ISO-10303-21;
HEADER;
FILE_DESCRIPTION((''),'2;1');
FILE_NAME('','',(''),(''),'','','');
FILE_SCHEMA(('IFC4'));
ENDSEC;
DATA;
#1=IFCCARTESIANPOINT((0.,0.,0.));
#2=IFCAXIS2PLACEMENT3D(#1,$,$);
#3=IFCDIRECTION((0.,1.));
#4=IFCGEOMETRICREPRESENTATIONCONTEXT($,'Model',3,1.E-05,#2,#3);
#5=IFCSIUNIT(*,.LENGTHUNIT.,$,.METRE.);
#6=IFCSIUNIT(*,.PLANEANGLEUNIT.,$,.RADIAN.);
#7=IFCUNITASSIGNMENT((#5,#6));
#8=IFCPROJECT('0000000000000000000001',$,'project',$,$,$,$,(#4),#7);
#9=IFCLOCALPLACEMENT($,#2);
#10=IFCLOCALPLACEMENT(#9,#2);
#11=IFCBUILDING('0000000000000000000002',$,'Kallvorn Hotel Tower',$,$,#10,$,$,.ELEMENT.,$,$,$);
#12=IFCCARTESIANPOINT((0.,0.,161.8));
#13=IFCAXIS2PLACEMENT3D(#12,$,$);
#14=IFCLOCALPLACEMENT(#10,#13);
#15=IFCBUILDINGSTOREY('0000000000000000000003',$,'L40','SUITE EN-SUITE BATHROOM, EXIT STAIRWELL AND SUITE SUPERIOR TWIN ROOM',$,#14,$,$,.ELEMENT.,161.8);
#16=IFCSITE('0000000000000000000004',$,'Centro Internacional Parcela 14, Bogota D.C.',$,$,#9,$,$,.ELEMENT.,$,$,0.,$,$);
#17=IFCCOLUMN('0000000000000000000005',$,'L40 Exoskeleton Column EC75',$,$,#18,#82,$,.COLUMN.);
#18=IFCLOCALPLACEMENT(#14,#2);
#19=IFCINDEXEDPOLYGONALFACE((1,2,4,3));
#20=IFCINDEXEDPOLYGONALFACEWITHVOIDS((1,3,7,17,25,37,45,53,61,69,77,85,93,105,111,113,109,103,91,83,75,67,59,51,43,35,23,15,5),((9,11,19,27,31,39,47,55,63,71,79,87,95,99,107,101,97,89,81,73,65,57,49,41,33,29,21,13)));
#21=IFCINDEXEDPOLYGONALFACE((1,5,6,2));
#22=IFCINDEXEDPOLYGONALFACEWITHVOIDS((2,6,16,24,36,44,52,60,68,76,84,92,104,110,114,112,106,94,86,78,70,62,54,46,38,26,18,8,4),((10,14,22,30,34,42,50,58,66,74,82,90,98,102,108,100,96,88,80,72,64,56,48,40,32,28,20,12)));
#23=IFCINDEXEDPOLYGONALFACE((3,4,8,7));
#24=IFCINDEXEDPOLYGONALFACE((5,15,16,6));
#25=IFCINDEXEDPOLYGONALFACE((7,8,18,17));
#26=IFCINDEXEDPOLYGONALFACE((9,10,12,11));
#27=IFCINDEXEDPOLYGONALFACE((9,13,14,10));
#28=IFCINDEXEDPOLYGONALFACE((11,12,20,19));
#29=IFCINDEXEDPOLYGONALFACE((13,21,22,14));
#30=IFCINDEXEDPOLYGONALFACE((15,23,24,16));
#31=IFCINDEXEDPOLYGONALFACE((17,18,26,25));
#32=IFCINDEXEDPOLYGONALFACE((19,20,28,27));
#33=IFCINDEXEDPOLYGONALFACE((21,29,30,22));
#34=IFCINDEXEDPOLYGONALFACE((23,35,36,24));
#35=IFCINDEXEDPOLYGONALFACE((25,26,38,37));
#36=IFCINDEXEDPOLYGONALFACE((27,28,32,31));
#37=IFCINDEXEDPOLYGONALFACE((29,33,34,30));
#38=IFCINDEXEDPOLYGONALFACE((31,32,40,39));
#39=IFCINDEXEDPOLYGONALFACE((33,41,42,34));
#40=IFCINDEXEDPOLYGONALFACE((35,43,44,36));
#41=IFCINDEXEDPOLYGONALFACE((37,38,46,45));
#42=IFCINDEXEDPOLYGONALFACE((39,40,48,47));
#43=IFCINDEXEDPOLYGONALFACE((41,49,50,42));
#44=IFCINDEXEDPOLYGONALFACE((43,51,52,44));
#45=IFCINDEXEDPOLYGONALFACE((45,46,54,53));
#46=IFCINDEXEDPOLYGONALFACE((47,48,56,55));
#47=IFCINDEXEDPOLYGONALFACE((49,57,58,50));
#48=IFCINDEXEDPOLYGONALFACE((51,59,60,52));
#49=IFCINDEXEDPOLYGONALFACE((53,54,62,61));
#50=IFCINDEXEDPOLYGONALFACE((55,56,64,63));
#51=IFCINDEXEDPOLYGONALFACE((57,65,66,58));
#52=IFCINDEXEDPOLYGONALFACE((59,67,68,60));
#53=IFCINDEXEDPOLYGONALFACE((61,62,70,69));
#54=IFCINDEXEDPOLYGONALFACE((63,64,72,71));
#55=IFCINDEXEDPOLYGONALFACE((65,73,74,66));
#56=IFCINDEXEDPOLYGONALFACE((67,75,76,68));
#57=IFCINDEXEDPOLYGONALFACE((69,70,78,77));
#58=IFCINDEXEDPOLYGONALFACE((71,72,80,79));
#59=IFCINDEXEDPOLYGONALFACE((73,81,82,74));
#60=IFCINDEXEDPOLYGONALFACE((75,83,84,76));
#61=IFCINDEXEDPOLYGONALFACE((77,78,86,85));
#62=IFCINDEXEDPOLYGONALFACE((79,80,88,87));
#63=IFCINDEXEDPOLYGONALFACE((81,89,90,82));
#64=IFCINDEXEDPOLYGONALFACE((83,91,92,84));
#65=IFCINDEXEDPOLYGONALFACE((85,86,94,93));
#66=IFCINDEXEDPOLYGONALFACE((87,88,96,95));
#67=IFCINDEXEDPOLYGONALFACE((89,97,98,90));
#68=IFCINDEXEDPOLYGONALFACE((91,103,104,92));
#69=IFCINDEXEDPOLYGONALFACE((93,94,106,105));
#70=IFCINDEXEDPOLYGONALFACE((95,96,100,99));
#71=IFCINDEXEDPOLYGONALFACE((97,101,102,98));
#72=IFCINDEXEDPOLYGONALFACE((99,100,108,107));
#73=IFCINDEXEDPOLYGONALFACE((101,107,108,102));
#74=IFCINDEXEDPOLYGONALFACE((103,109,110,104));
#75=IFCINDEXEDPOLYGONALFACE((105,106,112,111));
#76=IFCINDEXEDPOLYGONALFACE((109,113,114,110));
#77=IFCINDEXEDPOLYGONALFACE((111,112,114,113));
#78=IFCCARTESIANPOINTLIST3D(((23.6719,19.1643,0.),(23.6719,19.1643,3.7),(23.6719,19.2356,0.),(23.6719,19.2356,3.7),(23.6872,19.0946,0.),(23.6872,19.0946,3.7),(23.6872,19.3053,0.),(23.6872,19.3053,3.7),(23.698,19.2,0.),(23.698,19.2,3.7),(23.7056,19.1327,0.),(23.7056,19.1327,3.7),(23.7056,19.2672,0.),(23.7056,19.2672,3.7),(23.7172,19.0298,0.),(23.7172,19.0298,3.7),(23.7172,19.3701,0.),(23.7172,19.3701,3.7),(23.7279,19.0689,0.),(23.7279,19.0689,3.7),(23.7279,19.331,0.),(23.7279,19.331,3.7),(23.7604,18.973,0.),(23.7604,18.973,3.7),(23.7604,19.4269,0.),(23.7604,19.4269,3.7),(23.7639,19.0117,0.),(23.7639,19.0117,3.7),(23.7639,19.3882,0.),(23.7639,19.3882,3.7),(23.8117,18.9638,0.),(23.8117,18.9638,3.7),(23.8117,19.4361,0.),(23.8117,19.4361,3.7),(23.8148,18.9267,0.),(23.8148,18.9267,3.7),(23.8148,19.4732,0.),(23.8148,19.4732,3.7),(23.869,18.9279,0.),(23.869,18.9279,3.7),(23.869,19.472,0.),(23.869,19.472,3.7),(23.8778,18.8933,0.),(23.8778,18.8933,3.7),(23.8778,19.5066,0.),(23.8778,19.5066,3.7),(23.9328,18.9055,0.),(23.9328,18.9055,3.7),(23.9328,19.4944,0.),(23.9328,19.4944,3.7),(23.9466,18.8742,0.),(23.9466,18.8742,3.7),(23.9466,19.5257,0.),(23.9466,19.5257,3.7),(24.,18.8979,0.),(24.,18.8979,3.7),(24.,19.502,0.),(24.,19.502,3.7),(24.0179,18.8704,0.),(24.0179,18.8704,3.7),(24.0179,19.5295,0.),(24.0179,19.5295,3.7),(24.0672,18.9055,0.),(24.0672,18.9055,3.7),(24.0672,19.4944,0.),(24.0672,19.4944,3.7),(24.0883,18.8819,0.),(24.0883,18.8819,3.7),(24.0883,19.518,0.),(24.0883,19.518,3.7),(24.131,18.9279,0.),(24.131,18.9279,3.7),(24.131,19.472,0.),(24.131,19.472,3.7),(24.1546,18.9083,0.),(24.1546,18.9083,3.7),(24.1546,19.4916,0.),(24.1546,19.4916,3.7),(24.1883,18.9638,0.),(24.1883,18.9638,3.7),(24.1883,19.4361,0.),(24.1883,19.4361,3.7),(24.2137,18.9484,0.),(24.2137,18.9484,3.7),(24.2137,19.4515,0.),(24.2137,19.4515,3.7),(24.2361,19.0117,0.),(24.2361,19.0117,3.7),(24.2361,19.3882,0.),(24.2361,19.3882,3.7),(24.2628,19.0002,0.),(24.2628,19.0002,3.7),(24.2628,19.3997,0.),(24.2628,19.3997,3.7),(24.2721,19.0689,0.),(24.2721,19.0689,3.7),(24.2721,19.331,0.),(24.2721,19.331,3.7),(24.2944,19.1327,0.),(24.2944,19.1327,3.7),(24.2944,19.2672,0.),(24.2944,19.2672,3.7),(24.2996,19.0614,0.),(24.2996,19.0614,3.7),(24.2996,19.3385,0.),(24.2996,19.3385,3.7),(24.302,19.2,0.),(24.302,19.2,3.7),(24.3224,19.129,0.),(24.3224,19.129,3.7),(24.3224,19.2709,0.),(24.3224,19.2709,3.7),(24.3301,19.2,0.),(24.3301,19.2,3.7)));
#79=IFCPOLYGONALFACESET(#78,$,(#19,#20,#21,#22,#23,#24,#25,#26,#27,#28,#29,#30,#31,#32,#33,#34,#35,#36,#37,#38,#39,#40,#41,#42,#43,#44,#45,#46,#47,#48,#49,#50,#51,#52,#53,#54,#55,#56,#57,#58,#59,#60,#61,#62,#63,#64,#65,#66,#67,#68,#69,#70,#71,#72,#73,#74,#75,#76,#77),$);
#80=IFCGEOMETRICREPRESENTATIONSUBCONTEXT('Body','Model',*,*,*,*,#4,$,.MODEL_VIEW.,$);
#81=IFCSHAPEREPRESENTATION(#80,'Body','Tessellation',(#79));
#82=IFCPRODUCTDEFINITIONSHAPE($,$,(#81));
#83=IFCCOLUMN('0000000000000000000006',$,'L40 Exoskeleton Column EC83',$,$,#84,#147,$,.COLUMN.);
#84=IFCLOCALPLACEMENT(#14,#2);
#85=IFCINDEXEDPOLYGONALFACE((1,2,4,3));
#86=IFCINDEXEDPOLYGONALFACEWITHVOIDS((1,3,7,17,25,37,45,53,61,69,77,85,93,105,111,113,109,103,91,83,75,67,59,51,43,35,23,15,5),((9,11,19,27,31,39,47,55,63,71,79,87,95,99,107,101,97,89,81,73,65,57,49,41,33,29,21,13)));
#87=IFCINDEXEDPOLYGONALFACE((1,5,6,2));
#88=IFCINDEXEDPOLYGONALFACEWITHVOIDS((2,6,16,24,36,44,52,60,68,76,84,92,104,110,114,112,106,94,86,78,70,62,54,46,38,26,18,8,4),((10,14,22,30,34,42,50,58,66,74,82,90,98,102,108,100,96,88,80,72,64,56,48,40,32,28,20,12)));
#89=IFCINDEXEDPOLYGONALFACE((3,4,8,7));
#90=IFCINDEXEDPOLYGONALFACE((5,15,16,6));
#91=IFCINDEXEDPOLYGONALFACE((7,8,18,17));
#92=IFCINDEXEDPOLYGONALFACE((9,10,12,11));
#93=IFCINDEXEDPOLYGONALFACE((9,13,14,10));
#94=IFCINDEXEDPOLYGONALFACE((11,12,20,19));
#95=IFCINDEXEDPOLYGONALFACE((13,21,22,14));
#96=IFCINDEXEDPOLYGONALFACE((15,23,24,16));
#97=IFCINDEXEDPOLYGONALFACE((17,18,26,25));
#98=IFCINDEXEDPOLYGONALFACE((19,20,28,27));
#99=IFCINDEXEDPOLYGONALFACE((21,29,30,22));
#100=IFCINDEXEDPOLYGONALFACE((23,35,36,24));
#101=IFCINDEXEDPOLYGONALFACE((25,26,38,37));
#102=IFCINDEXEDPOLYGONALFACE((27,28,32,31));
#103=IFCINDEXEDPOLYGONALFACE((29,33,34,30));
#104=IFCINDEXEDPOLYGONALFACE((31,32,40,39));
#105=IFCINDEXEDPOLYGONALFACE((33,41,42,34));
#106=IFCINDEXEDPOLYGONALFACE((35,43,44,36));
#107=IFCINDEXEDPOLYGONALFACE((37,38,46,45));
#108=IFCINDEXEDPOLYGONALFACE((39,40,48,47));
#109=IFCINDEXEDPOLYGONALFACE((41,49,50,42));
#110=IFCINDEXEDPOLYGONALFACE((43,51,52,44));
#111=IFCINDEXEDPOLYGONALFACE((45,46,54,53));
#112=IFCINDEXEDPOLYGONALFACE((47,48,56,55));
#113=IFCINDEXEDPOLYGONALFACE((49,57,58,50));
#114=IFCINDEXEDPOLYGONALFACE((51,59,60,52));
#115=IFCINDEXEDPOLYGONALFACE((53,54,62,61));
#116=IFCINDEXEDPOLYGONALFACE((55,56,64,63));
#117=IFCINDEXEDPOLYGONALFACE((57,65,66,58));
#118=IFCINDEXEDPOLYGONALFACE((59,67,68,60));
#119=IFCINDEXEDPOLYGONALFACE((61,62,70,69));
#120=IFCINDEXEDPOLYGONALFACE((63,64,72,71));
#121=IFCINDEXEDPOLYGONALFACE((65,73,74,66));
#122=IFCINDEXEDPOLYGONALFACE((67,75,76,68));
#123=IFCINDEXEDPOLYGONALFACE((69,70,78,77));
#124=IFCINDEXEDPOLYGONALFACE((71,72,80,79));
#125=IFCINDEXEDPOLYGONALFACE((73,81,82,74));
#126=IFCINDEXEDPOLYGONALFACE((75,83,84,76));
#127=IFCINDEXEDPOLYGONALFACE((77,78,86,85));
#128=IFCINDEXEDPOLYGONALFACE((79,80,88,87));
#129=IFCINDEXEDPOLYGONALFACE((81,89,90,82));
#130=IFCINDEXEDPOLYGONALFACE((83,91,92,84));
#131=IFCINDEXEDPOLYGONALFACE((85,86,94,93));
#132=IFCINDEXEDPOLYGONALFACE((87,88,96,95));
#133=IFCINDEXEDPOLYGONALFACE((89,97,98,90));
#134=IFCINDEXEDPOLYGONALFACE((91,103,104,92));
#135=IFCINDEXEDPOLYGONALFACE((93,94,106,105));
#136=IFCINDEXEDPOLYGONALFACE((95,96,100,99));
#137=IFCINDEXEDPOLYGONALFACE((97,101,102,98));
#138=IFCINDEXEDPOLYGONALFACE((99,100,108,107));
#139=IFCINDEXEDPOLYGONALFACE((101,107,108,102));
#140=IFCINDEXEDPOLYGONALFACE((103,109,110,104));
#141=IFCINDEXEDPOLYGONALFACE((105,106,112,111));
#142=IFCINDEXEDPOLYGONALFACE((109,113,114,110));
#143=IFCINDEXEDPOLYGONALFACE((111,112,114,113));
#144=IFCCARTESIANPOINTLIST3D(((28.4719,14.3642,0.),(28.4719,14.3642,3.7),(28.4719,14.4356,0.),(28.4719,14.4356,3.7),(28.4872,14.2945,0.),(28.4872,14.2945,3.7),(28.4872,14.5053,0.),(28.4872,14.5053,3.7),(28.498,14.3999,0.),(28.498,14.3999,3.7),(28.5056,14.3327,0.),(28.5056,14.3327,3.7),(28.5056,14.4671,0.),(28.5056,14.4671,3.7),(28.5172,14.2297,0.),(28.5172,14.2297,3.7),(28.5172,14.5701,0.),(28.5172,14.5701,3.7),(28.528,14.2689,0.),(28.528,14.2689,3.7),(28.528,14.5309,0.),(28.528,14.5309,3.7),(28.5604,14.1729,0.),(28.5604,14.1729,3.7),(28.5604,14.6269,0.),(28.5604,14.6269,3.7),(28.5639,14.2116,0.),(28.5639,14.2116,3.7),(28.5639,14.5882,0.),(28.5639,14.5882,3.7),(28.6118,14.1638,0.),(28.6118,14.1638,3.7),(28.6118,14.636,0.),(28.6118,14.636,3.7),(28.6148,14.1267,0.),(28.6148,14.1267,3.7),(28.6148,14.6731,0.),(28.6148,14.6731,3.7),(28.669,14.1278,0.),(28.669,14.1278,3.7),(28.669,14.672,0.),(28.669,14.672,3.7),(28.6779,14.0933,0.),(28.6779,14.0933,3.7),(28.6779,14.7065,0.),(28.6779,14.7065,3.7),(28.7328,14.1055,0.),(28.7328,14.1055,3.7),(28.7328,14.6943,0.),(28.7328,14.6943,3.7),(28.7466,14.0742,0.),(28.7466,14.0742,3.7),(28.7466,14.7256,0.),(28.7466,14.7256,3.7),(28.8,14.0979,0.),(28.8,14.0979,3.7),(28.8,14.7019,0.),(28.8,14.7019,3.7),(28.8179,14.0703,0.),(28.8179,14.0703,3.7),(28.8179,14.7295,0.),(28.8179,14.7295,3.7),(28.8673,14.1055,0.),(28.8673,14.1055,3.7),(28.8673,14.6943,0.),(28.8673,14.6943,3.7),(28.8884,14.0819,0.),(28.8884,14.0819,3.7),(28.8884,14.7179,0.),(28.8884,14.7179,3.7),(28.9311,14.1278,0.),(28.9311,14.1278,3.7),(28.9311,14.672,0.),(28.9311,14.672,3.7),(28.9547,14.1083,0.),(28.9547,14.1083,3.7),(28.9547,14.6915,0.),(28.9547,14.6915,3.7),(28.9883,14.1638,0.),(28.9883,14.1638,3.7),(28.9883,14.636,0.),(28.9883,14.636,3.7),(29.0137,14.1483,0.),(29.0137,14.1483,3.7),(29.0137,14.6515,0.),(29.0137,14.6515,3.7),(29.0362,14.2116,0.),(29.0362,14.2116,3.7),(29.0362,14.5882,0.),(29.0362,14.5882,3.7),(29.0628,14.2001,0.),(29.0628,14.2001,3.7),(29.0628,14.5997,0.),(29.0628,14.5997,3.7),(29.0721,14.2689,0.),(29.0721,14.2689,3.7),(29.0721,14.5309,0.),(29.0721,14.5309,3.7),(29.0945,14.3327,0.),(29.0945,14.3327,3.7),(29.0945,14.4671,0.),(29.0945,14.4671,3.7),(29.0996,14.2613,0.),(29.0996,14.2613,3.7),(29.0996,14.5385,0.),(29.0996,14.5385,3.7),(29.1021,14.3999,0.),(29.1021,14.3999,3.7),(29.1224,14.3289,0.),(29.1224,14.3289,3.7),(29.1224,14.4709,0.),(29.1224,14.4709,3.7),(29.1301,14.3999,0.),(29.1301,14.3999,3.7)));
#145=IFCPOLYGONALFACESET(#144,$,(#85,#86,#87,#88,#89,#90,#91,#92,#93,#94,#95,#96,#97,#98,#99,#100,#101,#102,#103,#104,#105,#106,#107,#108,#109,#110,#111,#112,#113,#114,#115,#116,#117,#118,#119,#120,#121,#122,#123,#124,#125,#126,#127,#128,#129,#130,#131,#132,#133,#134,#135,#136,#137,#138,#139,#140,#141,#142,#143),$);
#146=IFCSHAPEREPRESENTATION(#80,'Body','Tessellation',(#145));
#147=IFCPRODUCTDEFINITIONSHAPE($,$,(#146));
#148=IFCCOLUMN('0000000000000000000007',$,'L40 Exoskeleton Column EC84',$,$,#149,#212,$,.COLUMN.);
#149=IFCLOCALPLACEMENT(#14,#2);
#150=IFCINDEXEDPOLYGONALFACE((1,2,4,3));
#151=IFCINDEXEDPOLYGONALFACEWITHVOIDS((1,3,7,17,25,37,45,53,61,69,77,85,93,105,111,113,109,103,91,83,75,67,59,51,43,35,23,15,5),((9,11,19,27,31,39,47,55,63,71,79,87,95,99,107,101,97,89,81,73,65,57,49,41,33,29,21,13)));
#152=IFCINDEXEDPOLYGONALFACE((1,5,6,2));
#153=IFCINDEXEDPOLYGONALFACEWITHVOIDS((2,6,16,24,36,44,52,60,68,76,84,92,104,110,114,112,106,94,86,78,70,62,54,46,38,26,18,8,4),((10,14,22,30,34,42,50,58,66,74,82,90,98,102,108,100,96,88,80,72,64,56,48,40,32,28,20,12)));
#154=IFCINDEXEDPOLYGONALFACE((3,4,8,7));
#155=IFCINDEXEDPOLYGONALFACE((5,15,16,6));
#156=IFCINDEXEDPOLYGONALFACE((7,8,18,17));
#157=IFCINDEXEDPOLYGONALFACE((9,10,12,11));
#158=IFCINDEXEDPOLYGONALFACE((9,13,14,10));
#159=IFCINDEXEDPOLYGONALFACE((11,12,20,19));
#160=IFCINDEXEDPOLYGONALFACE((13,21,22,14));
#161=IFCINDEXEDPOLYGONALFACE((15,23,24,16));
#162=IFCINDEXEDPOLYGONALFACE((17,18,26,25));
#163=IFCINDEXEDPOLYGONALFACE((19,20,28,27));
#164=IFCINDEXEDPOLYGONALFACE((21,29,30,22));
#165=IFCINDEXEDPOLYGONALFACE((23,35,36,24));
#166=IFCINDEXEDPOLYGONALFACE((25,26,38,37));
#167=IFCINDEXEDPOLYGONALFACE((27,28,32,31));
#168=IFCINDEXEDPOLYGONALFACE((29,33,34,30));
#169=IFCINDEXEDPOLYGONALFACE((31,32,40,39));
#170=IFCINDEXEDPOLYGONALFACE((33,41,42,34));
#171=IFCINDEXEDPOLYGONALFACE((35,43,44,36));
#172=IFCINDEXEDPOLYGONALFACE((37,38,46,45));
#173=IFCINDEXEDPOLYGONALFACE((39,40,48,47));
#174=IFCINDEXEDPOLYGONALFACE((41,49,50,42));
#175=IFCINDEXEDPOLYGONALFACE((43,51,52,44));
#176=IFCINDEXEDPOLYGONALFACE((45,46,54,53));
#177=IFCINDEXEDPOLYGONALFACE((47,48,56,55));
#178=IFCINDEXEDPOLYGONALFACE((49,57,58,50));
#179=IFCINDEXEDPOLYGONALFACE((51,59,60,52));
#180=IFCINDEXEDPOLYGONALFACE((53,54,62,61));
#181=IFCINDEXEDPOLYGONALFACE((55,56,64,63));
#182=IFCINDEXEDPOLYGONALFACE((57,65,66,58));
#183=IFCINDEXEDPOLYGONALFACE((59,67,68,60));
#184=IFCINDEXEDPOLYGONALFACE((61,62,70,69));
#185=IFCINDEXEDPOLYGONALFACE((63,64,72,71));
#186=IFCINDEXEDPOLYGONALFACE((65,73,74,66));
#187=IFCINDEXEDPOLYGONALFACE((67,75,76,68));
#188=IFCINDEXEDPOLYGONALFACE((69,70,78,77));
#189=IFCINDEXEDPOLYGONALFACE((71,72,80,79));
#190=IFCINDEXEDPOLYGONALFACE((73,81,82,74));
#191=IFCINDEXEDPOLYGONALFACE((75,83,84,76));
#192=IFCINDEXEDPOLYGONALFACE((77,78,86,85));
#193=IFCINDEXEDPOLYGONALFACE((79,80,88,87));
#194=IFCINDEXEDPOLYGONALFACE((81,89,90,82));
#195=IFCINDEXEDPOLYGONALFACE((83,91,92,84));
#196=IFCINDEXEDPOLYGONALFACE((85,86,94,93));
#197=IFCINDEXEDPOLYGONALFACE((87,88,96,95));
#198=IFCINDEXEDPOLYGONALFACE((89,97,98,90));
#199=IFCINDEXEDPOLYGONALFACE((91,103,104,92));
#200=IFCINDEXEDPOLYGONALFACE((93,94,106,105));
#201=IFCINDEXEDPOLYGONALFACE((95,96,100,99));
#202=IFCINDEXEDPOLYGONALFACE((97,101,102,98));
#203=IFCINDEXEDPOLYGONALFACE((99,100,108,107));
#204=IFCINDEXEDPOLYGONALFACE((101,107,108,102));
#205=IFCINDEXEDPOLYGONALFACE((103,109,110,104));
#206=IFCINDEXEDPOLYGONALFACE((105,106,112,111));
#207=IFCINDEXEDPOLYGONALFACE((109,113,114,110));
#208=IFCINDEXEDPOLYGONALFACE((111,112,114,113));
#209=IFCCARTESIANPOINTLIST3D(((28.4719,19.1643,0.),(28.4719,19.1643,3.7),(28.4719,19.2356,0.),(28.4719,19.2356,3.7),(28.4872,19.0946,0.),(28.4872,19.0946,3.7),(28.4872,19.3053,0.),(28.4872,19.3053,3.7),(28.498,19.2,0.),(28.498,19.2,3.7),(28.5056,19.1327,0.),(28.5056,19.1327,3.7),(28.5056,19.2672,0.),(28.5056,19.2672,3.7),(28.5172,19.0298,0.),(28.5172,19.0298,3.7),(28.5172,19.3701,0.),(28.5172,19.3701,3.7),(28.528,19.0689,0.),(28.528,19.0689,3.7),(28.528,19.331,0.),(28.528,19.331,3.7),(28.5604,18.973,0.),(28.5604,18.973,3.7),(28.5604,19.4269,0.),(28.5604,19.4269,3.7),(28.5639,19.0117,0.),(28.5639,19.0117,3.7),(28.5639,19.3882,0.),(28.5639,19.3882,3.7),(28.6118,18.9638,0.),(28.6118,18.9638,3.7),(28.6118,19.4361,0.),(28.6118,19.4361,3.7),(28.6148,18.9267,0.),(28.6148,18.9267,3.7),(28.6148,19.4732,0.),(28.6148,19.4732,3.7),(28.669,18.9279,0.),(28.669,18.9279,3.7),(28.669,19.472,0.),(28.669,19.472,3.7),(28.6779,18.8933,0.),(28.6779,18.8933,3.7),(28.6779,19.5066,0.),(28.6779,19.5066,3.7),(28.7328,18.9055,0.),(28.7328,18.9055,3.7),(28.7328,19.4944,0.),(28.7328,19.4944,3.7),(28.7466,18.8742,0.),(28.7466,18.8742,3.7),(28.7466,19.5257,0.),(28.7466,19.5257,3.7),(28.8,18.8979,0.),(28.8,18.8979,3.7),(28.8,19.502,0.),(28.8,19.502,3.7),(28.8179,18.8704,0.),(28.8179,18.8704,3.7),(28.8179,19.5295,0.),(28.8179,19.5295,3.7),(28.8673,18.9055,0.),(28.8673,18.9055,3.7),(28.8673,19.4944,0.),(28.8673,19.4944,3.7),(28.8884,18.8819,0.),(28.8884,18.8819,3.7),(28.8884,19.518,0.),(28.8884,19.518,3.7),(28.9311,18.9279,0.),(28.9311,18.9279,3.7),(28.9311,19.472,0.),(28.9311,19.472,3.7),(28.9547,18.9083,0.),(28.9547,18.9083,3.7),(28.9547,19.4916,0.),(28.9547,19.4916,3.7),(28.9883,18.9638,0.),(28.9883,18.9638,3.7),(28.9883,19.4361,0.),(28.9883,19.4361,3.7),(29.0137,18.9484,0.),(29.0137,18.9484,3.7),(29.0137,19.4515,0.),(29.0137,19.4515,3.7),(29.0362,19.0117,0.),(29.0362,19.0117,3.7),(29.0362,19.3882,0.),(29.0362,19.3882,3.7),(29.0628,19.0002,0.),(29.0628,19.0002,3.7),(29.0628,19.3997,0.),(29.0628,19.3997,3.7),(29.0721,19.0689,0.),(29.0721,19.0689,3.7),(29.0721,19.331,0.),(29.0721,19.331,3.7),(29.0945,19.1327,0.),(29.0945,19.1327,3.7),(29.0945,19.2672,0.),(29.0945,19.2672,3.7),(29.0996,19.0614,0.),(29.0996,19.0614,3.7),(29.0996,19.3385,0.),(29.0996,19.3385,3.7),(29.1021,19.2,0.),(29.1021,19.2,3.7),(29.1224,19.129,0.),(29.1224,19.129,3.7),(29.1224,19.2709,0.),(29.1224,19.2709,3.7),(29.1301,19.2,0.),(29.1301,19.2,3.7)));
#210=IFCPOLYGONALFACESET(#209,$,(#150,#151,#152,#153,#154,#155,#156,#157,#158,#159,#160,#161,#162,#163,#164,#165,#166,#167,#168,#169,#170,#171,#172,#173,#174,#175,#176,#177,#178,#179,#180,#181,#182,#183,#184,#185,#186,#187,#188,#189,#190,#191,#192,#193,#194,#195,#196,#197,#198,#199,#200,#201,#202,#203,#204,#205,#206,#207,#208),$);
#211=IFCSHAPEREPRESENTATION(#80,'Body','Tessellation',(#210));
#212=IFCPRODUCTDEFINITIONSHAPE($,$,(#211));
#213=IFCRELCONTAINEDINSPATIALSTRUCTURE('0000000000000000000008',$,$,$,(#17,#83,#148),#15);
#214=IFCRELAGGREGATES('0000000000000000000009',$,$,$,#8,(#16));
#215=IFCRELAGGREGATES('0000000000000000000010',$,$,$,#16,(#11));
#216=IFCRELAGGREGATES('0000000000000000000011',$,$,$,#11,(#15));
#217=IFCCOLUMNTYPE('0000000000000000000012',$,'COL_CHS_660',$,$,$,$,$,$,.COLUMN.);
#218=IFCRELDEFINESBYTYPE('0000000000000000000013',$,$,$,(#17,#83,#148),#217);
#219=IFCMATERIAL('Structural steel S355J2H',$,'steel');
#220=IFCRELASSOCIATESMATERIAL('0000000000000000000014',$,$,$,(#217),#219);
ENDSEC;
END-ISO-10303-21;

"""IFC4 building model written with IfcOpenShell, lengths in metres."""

from ifc_helpers import new_model, si_unit, direction, frame, origin, origin_2d, place, context, subcontext, project, spatial, hollow_circle, extrude, material, material_profile, profile_set, type_object, element, save


model = new_model("IFC4")

# Units and contexts
model_context = context("Model", 3, precision=1e-05, world=origin(), true_north=direction((0.0, 1.0)))
body_context = subcontext(model_context, "Body", "Model", "MODEL_VIEW")
ifc_project = project(units=[si_unit("LENGTHUNIT", "METRE"), si_unit("PLANEANGLEUNIT", "RADIAN")], contexts=[model_context])

# Site, building, storey
site_placement = place(None, origin())
site = spatial("IfcSite", under=ifc_project, at=site_placement, Name="Centro Internacional Parcela 14, Bogota D.C.", CompositionType="ELEMENT", RefElevation=0.0)
building_placement = place(site_placement, origin())
building = spatial("IfcBuilding", under=site, at=building_placement, Name="Kallvorn Hotel Tower", CompositionType="ELEMENT")
storey_placement = place(building_placement, frame((0.0, 0.0, 161.8)))
storey = spatial("IfcBuildingStorey", under=building, at=storey_placement, Name="L40", Description="SUITE EN-SUITE BATHROOM, EXIT STAIRWELL AND SUITE SUPERIOR TWIN ROOM", CompositionType="ELEMENT", Elevation=161.8)

# Columns
ifc_material_1 = material(Name="Structural steel S355J2H", Category="steel")
ifc_material_profile_1 = material_profile(ifc_material_1, hollow_circle(Radius=0.3301, WallThickness=0.0281, at=origin_2d()), Name="CHS 660x28")
ifc_profile_set_1 = profile_set([ifc_material_profile_1], Name="Structural steel S355J2H")
column_type_1 = type_object("IfcColumnType", Name="COL_CHS_660", PredefinedType="COLUMN", material=ifc_profile_set_1)
for number, where, z_axis, x_axis, name in (
    (1, (24.0, 19.2, 0.0), (0.0, 0.0, 1.0), (1.0, 0.0, 0.0), "L40 Exoskeleton Column EC75"),
    (2, (28.8, 14.3999, 0.0), (0.0, 0.0, 1.0), (1.0, 0.0, 0.0), "L40 Exoskeleton Column EC83"),
    (3, (28.8, 19.2, 0.0), (0.0, 0.0, 1.0), (1.0, 0.0, 0.0), "L40 Exoskeleton Column EC84"),
):
    element("IfcColumn", number, at=place(storey_placement, frame(where, z_axis=z_axis, x_axis=x_axis)), inside=storey, type_object=column_type_1, Name=name, PredefinedType="COLUMN", context=body_context, shape_type="SweptSolid", body=[
        extrude(hollow_circle(Radius=0.3301, WallThickness=0.0281, at=origin_2d()), origin(), (0.0, 0.0, 1.0), 3.7),
    ])

save(model, "model.ifc")
